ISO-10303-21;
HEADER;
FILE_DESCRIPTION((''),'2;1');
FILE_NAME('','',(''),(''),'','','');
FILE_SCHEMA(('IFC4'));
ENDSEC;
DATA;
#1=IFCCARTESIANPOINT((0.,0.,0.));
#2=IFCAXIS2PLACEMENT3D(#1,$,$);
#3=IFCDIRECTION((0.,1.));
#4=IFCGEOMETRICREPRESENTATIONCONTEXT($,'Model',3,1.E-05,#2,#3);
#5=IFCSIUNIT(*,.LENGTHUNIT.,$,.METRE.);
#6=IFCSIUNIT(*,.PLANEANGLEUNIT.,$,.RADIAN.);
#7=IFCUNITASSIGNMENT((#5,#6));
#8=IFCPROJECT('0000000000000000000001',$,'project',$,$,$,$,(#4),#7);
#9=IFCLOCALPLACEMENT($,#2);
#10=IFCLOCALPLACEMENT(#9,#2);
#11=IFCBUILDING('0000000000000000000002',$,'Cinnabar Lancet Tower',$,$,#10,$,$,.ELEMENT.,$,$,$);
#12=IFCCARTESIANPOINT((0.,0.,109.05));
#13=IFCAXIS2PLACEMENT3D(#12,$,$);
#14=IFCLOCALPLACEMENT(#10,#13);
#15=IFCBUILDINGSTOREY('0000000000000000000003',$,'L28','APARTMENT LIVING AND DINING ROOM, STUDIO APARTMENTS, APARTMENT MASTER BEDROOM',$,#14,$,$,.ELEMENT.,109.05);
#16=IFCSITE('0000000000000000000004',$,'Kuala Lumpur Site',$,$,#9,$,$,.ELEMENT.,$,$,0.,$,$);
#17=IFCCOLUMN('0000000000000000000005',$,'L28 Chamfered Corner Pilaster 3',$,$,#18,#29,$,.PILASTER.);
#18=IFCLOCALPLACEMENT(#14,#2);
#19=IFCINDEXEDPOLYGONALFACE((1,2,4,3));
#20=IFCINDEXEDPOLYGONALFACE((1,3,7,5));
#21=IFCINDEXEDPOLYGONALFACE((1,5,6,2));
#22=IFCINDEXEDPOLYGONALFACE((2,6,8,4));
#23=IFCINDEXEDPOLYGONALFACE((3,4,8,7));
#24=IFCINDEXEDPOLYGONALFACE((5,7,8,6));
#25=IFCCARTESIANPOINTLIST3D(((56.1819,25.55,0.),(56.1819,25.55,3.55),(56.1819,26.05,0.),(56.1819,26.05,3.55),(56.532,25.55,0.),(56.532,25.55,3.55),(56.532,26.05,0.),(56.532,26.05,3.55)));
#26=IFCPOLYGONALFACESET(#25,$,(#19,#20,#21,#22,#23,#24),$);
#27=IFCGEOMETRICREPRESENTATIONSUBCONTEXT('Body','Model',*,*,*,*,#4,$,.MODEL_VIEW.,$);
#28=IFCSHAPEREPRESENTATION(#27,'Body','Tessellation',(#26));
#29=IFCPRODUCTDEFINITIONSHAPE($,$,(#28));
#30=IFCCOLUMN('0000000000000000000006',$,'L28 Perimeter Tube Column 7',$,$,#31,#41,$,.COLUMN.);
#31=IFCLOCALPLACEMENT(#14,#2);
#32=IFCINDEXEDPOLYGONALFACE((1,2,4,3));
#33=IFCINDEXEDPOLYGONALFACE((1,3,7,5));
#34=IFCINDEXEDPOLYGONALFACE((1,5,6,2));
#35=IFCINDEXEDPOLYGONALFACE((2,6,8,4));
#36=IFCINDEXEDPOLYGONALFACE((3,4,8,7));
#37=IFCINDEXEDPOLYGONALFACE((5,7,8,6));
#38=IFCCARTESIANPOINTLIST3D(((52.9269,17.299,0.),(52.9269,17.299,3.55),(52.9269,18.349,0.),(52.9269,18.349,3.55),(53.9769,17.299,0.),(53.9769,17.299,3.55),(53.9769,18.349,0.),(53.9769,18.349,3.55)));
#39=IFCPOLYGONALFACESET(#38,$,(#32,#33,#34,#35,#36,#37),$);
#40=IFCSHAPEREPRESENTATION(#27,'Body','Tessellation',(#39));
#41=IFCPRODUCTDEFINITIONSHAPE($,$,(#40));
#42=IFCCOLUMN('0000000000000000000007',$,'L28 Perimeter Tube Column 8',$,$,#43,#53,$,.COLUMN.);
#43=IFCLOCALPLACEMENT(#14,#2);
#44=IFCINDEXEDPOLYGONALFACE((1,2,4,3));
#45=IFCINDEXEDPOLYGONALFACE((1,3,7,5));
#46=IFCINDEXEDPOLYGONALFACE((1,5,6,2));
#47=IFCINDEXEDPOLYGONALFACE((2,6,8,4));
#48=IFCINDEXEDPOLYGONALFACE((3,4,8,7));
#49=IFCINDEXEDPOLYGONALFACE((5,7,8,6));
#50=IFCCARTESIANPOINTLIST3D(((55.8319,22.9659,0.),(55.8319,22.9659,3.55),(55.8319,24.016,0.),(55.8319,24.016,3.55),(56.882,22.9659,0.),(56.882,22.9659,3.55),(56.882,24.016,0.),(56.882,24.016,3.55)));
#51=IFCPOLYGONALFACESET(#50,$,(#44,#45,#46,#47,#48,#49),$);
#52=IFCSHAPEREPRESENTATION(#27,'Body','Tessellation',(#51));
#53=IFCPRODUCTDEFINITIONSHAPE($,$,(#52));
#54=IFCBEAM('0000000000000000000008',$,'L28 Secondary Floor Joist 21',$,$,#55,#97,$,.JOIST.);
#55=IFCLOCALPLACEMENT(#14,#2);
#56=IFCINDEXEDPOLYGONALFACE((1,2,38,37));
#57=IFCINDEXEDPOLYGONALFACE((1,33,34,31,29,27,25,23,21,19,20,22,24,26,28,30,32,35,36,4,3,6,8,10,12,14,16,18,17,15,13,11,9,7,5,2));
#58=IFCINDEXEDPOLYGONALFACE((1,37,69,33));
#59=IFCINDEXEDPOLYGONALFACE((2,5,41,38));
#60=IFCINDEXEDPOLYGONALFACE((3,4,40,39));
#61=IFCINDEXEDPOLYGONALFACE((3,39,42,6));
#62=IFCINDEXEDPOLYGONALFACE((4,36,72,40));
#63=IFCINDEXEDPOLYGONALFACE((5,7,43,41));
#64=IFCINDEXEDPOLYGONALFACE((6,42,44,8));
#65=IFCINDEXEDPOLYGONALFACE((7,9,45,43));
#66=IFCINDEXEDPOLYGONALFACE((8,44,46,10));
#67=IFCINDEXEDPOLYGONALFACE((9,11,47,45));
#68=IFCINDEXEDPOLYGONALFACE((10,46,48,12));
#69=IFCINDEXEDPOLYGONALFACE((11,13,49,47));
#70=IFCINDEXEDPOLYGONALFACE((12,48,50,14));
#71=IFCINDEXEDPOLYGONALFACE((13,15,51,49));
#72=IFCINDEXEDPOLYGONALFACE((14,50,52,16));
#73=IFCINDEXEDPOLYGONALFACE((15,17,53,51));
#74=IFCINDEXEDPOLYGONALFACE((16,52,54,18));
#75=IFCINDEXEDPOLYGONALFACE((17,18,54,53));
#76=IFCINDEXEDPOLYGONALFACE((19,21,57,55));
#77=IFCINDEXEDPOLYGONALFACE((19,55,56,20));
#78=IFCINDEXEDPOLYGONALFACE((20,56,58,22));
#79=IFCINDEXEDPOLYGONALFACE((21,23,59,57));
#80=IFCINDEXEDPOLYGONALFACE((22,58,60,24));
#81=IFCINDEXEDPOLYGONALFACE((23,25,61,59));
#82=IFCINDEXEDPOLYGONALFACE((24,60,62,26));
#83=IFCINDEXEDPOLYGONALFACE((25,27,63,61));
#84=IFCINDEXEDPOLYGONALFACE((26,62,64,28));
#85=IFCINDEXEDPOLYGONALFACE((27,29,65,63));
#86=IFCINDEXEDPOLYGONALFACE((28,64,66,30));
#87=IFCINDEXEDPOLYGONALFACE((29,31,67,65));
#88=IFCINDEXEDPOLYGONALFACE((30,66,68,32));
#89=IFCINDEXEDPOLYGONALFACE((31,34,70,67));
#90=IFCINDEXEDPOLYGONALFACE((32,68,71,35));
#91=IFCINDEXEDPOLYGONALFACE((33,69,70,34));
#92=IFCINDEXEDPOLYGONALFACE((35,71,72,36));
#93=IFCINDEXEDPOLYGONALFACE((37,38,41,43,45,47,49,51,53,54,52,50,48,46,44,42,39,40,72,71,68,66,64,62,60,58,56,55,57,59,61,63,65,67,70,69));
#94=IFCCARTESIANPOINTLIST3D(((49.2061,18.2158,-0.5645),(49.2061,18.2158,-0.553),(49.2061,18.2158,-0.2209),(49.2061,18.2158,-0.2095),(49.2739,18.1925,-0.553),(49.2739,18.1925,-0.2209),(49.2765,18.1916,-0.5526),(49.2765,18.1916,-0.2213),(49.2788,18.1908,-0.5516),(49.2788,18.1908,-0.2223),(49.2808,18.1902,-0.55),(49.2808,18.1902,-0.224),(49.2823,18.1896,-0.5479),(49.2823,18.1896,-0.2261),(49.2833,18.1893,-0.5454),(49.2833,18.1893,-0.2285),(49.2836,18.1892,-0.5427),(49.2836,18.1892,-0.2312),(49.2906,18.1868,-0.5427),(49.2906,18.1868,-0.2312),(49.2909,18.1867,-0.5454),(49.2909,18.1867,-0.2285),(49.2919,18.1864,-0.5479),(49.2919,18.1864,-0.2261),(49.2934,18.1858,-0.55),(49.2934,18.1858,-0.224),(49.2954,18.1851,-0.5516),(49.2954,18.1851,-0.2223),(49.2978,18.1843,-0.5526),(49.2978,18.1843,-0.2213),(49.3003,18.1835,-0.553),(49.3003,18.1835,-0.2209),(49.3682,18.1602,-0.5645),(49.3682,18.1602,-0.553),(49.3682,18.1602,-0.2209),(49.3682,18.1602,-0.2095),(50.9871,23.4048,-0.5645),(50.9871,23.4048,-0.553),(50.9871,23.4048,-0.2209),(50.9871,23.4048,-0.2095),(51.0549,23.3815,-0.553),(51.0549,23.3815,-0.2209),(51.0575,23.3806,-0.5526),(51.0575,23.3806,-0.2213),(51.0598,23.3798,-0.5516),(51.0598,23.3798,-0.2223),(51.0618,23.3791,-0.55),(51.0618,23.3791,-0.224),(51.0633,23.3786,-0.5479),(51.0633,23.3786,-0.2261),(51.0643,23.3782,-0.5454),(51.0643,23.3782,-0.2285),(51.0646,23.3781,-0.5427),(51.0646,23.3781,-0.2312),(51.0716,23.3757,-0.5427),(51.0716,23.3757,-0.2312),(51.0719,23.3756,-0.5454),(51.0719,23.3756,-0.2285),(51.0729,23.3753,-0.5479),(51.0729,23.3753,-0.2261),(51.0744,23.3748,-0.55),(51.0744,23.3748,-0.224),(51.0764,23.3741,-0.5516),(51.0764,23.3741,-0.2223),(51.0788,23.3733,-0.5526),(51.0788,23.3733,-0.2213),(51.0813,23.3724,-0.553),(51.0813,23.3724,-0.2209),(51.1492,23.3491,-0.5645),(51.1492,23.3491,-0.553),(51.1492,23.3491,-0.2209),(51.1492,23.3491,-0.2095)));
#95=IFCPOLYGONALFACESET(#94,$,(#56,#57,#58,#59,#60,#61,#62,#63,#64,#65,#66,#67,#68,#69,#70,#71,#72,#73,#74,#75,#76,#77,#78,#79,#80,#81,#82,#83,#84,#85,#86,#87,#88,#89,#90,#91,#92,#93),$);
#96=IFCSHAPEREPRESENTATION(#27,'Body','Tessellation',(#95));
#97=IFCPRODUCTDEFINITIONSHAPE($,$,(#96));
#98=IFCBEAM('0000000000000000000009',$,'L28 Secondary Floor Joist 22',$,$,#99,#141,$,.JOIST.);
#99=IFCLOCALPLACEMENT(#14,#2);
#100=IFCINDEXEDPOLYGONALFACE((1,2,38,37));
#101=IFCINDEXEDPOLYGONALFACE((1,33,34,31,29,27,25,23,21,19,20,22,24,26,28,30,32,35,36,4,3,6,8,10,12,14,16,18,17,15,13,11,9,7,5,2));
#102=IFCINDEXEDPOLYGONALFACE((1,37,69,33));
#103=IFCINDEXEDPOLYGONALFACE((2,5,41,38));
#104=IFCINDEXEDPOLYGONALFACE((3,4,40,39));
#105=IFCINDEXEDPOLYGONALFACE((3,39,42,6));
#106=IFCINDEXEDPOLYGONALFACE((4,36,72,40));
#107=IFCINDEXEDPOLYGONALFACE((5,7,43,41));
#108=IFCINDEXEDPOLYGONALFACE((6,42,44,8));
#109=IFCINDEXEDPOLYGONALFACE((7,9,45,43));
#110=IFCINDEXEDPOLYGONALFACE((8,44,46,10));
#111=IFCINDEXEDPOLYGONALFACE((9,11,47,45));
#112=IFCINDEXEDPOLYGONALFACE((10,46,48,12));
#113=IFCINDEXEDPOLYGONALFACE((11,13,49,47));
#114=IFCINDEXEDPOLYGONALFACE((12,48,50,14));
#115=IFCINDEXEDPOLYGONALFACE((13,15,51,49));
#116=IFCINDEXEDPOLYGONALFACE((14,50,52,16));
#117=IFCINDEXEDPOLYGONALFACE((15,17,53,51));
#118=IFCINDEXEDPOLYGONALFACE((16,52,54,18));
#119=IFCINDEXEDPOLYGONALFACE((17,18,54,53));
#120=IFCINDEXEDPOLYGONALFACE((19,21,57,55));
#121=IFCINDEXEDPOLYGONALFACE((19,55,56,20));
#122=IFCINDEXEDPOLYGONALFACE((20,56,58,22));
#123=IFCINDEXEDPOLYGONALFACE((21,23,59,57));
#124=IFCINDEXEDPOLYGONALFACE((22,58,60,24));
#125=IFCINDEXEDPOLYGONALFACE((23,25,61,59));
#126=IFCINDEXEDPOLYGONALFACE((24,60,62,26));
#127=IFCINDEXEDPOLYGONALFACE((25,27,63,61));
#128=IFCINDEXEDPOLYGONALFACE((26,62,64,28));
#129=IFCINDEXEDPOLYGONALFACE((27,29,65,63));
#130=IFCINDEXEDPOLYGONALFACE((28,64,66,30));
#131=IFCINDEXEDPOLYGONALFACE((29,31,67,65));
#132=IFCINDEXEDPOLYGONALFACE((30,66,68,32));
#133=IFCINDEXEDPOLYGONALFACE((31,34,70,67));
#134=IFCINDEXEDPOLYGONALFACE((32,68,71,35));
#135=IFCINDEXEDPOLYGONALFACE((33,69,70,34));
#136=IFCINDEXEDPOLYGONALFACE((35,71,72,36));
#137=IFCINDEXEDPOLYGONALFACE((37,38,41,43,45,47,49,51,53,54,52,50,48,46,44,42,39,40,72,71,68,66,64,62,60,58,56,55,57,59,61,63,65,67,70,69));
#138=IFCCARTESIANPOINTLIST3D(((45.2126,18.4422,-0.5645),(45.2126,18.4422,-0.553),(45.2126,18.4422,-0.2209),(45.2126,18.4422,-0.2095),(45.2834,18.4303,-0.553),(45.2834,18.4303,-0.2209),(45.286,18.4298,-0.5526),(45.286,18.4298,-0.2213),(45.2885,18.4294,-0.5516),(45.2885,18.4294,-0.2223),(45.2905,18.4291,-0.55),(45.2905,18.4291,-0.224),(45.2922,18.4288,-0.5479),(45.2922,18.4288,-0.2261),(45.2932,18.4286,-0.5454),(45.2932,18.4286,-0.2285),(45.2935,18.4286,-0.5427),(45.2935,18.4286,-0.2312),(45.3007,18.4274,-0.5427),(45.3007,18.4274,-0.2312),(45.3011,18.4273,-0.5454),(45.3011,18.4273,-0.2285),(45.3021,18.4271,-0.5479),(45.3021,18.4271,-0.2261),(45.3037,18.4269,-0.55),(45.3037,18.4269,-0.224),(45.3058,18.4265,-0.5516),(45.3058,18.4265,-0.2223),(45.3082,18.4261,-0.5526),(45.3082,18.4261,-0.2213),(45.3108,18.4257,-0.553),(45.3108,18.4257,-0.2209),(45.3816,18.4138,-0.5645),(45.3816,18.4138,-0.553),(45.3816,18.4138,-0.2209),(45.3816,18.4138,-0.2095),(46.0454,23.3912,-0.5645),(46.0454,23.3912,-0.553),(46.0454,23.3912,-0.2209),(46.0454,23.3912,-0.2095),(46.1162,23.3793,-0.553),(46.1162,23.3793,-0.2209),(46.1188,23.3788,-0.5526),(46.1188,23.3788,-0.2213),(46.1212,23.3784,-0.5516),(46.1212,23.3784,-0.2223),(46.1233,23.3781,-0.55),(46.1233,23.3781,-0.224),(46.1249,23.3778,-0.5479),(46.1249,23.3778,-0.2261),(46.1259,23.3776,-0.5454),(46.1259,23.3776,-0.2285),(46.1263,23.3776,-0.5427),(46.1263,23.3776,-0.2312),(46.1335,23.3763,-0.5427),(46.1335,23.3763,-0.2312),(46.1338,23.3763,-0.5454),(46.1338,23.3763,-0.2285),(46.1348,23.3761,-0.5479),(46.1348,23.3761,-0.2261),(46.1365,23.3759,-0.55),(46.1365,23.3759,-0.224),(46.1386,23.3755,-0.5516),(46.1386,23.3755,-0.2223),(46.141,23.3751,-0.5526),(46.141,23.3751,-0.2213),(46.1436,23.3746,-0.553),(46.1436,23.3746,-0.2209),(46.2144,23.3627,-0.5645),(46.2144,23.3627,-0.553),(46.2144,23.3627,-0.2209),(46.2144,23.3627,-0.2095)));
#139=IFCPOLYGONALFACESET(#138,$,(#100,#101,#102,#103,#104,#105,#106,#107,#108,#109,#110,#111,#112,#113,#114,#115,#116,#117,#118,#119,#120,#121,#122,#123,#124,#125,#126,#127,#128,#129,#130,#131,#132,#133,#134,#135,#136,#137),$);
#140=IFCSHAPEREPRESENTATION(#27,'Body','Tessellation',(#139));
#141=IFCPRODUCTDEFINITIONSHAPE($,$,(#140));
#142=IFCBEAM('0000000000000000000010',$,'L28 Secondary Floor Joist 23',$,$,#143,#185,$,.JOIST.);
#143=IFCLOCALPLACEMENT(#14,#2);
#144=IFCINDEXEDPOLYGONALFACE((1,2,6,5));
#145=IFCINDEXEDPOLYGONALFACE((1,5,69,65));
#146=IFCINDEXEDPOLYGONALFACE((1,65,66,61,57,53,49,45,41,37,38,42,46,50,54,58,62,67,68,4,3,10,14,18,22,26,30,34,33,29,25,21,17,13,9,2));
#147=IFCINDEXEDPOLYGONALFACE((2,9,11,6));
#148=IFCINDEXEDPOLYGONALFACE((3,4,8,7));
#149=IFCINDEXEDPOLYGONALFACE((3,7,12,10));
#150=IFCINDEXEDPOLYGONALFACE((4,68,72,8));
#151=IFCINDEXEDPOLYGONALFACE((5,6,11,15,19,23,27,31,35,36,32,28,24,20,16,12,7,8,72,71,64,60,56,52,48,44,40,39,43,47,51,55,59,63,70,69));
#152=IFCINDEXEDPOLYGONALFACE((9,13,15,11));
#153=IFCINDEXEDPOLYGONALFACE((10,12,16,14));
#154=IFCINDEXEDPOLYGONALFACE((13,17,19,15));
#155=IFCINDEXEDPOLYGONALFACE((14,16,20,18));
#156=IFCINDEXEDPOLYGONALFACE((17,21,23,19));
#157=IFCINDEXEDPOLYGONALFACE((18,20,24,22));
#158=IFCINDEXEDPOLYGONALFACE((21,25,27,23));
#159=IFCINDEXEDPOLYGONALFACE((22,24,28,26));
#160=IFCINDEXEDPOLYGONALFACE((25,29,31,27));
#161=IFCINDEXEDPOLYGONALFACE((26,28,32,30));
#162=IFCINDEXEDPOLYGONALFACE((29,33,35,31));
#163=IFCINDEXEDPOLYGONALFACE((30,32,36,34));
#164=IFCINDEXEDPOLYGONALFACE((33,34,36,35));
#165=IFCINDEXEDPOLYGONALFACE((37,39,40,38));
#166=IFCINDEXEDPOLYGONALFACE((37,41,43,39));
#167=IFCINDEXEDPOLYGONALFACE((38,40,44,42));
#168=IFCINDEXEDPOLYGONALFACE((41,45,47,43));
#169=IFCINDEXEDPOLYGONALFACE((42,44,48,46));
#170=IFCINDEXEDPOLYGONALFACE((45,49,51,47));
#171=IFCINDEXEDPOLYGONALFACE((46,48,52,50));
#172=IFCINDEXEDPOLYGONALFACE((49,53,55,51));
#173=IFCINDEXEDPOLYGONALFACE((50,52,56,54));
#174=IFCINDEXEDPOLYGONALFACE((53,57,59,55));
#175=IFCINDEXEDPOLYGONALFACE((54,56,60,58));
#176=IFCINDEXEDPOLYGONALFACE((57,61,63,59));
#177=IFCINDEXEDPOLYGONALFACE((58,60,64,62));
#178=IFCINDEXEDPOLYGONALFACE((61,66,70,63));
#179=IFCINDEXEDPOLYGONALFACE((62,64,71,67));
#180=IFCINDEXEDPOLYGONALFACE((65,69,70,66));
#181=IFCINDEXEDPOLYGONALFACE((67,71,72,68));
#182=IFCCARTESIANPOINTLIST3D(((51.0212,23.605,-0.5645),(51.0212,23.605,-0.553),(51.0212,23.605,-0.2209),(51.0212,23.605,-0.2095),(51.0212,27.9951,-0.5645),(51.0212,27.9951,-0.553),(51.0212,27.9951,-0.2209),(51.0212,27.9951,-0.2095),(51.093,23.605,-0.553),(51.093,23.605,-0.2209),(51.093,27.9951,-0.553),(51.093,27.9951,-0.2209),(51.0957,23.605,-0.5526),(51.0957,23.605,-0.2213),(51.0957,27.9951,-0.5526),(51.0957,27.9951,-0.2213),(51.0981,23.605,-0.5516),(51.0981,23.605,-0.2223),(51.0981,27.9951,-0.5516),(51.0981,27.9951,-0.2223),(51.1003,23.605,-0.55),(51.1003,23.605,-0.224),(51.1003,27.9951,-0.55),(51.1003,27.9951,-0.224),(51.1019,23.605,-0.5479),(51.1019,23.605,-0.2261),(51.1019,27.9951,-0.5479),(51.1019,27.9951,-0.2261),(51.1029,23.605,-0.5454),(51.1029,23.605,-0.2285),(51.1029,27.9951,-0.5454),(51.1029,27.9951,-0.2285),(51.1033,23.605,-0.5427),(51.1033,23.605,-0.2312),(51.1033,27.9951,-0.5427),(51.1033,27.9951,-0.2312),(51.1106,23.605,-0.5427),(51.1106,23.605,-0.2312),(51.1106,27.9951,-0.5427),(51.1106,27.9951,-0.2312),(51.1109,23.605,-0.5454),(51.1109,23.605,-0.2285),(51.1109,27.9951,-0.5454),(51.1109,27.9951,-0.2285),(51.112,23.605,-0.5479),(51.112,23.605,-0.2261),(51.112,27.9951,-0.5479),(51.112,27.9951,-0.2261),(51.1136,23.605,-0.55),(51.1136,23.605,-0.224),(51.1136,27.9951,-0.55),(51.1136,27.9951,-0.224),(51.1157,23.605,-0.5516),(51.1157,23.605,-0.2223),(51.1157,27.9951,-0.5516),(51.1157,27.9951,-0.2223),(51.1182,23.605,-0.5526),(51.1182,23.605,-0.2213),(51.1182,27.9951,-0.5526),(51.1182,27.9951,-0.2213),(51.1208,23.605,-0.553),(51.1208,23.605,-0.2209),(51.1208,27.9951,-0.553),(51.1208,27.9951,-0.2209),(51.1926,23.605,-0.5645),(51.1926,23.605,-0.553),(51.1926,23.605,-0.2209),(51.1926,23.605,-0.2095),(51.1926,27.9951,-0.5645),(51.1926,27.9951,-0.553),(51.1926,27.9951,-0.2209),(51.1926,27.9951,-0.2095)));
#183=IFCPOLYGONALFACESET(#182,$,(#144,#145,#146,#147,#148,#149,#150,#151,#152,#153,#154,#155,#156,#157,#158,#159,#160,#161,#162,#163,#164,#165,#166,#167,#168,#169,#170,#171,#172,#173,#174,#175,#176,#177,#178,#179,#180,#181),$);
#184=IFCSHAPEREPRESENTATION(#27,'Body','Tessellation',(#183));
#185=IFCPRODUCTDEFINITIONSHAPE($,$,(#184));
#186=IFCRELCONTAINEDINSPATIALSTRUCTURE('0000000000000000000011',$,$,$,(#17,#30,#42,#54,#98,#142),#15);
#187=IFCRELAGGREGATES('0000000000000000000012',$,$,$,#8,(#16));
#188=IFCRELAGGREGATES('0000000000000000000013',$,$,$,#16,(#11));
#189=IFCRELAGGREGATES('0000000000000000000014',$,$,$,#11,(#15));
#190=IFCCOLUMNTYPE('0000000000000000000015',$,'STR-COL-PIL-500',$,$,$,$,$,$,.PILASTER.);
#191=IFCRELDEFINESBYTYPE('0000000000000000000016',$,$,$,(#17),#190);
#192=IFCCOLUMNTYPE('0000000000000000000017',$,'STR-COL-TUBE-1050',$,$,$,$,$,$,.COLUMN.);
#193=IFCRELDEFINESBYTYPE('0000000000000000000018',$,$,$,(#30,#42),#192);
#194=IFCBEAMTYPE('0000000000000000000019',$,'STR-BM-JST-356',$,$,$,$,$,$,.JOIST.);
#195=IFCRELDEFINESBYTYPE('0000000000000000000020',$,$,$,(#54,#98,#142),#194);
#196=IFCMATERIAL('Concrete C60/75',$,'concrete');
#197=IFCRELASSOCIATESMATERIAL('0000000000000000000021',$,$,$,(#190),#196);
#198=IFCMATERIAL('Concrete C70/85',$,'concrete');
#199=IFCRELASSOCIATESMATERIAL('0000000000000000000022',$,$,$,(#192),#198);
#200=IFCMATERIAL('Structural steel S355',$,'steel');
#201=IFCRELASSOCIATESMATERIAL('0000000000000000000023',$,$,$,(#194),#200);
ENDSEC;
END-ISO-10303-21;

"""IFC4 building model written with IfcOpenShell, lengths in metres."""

from ifc_helpers import new_model, si_unit, direction, frame, origin, origin_2d, place, context, subcontext, project, spatial, rectangle, i_section, extrude, material, material_profile, profile_set, type_object, element, save


model = new_model("IFC4")

# Units and contexts
model_context = context("Model", 3, precision=1e-05, world=origin(), true_north=direction((0.0, 1.0)))
body_context = subcontext(model_context, "Body", "Model", "MODEL_VIEW")
ifc_project = project(units=[si_unit("LENGTHUNIT", "METRE"), si_unit("PLANEANGLEUNIT", "RADIAN")], contexts=[model_context])

# Site, building, storey
site_placement = place(None, origin())
site = spatial("IfcSite", under=ifc_project, at=site_placement, Name="Kuala Lumpur Site", CompositionType="ELEMENT", RefElevation=0.0)
building_placement = place(site_placement, origin())
building = spatial("IfcBuilding", under=site, at=building_placement, Name="Cinnabar Lancet Tower", CompositionType="ELEMENT")
storey_placement = place(building_placement, frame((0.0, 0.0, 109.05)))
storey = spatial("IfcBuildingStorey", under=building, at=storey_placement, Name="L28", Description="APARTMENT LIVING AND DINING ROOM, STUDIO APARTMENTS, APARTMENT MASTER BEDROOM", CompositionType="ELEMENT", Elevation=109.05)

# Columns
ifc_material_1 = material(Name="Concrete C60/75", Category="concrete")
ifc_material_profile_1 = material_profile(ifc_material_1, rectangle(XDim=0.5, YDim=0.3501, at=origin_2d()), Name="RC-PIL 500x350")
ifc_profile_set_1 = profile_set([ifc_material_profile_1], Name="Concrete C60/75")
column_type_1 = type_object("IfcColumnType", Name="STR-COL-PIL-500", PredefinedType="PILASTER", material=ifc_profile_set_1)
column_placement = place(storey_placement, frame((56.3569, 25.8, 0.0), z_axis=(0.0, 0.0, 1.0), x_axis=(0.0, 1.0, 0.0)))
element("IfcColumn", 1, at=column_placement, inside=storey, type_object=column_type_1, Name="L28 Chamfered Corner Pilaster 3", PredefinedType="PILASTER", context=body_context, shape_type="SweptSolid", body=[
    extrude(rectangle(XDim=0.5, YDim=0.3501, at=origin_2d()), origin(), (0.0, 0.0, 1.0), 3.55),
])
ifc_material_2 = material(Name="Concrete C70/85", Category="concrete")
ifc_material_profile_2 = material_profile(ifc_material_2, rectangle(XDim=1.05, YDim=1.05, at=origin_2d()), Name="RC-COL 1050x1050")
ifc_profile_set_2 = profile_set([ifc_material_profile_2], Name="Concrete C70/85")
column_type_2 = type_object("IfcColumnType", Name="STR-COL-TUBE-1050", PredefinedType="COLUMN", material=ifc_profile_set_2)
for number, where, z_axis, x_axis, name in (
    (2, (53.4519, 17.824, 0.0), (0.0, 0.0, 1.0), (1.0, 0.0, 0.0), "L28 Perimeter Tube Column 7"),
    (3, (56.3569, 23.491, 0.0), (0.0, 0.0, 1.0), (1.0, 0.0, 0.0), "L28 Perimeter Tube Column 8"),
):
    element("IfcColumn", number, at=place(storey_placement, frame(where, z_axis=z_axis, x_axis=x_axis)), inside=storey, type_object=column_type_2, Name=name, PredefinedType="COLUMN", context=body_context, shape_type="SweptSolid", body=[
        extrude(rectangle(XDim=1.05, YDim=1.05, at=origin_2d()), origin(), (0.0, 0.0, 1.0), 3.55),
    ])

# Beams
ifc_material_3 = material(Name="Structural steel S355", Category="steel")
ifc_material_profile_3 = material_profile(ifc_material_3, i_section(OverallWidth=0.1714, OverallDepth=0.355, WebThickness=0.0073, FlangeThickness=0.0115, FilletRadius=0.0103, at=origin_2d()), Name="UKB 356x171x51")
ifc_profile_set_3 = profile_set([ifc_material_profile_3], Name="Structural steel S355")
beam_type_1 = type_object("IfcBeamType", Name="STR-BM-JST-356", PredefinedType="JOIST", material=ifc_profile_set_3)
beam_1_placement = place(storey_placement, frame((49.2871, 18.188, -0.387), z_axis=(0.324639, 0.945838, 0.0), x_axis=(-0.945838, 0.324639, 0.0)))
element("IfcBeam", 4, at=beam_1_placement, inside=storey, type_object=beam_type_1, Name="L28 Secondary Floor Joist 21", PredefinedType="JOIST", context=body_context, shape_type="SweptSolid", body=[
    extrude(i_section(OverallWidth=0.1714, OverallDepth=0.355, WebThickness=0.0073, FlangeThickness=0.0115, FilletRadius=0.0103, at=origin_2d()), origin(), (0.0, 0.0, 1.0), 5.4861),
])
beam_2_placement = place(storey_placement, frame((45.2971, 18.428, -0.387), z_axis=(0.165937, 0.986136, 0.0), x_axis=(-0.986136, 0.165937, 0.0)))
element("IfcBeam", 5, at=beam_2_placement, inside=storey, type_object=beam_type_1, Name="L28 Secondary Floor Joist 22", PredefinedType="JOIST", context=body_context, shape_type="SweptSolid", body=[
    extrude(i_section(OverallWidth=0.1714, OverallDepth=0.355, WebThickness=0.0073, FlangeThickness=0.0115, FilletRadius=0.0103, at=origin_2d()), origin(), (0.0, 0.0, 1.0), 5.0186),
])
for number, where, z_axis, x_axis, name in (
    (6, (51.1069, 23.605, -0.387), (0.0, 1.0, 0.0), (-1.0, 0.0, 0.0), "L28 Secondary Floor Joist 23"),
):
    element("IfcBeam", number, at=place(storey_placement, frame(where, z_axis=z_axis, x_axis=x_axis)), inside=storey, type_object=beam_type_1, Name=name, PredefinedType="JOIST", context=body_context, shape_type="SweptSolid", body=[
        extrude(i_section(OverallWidth=0.1714, OverallDepth=0.355, WebThickness=0.0073, FlangeThickness=0.0115, FilletRadius=0.0103, at=origin_2d()), origin(), (0.0, 0.0, 1.0), 4.3901),
    ])

save(model, "model.ifc")
